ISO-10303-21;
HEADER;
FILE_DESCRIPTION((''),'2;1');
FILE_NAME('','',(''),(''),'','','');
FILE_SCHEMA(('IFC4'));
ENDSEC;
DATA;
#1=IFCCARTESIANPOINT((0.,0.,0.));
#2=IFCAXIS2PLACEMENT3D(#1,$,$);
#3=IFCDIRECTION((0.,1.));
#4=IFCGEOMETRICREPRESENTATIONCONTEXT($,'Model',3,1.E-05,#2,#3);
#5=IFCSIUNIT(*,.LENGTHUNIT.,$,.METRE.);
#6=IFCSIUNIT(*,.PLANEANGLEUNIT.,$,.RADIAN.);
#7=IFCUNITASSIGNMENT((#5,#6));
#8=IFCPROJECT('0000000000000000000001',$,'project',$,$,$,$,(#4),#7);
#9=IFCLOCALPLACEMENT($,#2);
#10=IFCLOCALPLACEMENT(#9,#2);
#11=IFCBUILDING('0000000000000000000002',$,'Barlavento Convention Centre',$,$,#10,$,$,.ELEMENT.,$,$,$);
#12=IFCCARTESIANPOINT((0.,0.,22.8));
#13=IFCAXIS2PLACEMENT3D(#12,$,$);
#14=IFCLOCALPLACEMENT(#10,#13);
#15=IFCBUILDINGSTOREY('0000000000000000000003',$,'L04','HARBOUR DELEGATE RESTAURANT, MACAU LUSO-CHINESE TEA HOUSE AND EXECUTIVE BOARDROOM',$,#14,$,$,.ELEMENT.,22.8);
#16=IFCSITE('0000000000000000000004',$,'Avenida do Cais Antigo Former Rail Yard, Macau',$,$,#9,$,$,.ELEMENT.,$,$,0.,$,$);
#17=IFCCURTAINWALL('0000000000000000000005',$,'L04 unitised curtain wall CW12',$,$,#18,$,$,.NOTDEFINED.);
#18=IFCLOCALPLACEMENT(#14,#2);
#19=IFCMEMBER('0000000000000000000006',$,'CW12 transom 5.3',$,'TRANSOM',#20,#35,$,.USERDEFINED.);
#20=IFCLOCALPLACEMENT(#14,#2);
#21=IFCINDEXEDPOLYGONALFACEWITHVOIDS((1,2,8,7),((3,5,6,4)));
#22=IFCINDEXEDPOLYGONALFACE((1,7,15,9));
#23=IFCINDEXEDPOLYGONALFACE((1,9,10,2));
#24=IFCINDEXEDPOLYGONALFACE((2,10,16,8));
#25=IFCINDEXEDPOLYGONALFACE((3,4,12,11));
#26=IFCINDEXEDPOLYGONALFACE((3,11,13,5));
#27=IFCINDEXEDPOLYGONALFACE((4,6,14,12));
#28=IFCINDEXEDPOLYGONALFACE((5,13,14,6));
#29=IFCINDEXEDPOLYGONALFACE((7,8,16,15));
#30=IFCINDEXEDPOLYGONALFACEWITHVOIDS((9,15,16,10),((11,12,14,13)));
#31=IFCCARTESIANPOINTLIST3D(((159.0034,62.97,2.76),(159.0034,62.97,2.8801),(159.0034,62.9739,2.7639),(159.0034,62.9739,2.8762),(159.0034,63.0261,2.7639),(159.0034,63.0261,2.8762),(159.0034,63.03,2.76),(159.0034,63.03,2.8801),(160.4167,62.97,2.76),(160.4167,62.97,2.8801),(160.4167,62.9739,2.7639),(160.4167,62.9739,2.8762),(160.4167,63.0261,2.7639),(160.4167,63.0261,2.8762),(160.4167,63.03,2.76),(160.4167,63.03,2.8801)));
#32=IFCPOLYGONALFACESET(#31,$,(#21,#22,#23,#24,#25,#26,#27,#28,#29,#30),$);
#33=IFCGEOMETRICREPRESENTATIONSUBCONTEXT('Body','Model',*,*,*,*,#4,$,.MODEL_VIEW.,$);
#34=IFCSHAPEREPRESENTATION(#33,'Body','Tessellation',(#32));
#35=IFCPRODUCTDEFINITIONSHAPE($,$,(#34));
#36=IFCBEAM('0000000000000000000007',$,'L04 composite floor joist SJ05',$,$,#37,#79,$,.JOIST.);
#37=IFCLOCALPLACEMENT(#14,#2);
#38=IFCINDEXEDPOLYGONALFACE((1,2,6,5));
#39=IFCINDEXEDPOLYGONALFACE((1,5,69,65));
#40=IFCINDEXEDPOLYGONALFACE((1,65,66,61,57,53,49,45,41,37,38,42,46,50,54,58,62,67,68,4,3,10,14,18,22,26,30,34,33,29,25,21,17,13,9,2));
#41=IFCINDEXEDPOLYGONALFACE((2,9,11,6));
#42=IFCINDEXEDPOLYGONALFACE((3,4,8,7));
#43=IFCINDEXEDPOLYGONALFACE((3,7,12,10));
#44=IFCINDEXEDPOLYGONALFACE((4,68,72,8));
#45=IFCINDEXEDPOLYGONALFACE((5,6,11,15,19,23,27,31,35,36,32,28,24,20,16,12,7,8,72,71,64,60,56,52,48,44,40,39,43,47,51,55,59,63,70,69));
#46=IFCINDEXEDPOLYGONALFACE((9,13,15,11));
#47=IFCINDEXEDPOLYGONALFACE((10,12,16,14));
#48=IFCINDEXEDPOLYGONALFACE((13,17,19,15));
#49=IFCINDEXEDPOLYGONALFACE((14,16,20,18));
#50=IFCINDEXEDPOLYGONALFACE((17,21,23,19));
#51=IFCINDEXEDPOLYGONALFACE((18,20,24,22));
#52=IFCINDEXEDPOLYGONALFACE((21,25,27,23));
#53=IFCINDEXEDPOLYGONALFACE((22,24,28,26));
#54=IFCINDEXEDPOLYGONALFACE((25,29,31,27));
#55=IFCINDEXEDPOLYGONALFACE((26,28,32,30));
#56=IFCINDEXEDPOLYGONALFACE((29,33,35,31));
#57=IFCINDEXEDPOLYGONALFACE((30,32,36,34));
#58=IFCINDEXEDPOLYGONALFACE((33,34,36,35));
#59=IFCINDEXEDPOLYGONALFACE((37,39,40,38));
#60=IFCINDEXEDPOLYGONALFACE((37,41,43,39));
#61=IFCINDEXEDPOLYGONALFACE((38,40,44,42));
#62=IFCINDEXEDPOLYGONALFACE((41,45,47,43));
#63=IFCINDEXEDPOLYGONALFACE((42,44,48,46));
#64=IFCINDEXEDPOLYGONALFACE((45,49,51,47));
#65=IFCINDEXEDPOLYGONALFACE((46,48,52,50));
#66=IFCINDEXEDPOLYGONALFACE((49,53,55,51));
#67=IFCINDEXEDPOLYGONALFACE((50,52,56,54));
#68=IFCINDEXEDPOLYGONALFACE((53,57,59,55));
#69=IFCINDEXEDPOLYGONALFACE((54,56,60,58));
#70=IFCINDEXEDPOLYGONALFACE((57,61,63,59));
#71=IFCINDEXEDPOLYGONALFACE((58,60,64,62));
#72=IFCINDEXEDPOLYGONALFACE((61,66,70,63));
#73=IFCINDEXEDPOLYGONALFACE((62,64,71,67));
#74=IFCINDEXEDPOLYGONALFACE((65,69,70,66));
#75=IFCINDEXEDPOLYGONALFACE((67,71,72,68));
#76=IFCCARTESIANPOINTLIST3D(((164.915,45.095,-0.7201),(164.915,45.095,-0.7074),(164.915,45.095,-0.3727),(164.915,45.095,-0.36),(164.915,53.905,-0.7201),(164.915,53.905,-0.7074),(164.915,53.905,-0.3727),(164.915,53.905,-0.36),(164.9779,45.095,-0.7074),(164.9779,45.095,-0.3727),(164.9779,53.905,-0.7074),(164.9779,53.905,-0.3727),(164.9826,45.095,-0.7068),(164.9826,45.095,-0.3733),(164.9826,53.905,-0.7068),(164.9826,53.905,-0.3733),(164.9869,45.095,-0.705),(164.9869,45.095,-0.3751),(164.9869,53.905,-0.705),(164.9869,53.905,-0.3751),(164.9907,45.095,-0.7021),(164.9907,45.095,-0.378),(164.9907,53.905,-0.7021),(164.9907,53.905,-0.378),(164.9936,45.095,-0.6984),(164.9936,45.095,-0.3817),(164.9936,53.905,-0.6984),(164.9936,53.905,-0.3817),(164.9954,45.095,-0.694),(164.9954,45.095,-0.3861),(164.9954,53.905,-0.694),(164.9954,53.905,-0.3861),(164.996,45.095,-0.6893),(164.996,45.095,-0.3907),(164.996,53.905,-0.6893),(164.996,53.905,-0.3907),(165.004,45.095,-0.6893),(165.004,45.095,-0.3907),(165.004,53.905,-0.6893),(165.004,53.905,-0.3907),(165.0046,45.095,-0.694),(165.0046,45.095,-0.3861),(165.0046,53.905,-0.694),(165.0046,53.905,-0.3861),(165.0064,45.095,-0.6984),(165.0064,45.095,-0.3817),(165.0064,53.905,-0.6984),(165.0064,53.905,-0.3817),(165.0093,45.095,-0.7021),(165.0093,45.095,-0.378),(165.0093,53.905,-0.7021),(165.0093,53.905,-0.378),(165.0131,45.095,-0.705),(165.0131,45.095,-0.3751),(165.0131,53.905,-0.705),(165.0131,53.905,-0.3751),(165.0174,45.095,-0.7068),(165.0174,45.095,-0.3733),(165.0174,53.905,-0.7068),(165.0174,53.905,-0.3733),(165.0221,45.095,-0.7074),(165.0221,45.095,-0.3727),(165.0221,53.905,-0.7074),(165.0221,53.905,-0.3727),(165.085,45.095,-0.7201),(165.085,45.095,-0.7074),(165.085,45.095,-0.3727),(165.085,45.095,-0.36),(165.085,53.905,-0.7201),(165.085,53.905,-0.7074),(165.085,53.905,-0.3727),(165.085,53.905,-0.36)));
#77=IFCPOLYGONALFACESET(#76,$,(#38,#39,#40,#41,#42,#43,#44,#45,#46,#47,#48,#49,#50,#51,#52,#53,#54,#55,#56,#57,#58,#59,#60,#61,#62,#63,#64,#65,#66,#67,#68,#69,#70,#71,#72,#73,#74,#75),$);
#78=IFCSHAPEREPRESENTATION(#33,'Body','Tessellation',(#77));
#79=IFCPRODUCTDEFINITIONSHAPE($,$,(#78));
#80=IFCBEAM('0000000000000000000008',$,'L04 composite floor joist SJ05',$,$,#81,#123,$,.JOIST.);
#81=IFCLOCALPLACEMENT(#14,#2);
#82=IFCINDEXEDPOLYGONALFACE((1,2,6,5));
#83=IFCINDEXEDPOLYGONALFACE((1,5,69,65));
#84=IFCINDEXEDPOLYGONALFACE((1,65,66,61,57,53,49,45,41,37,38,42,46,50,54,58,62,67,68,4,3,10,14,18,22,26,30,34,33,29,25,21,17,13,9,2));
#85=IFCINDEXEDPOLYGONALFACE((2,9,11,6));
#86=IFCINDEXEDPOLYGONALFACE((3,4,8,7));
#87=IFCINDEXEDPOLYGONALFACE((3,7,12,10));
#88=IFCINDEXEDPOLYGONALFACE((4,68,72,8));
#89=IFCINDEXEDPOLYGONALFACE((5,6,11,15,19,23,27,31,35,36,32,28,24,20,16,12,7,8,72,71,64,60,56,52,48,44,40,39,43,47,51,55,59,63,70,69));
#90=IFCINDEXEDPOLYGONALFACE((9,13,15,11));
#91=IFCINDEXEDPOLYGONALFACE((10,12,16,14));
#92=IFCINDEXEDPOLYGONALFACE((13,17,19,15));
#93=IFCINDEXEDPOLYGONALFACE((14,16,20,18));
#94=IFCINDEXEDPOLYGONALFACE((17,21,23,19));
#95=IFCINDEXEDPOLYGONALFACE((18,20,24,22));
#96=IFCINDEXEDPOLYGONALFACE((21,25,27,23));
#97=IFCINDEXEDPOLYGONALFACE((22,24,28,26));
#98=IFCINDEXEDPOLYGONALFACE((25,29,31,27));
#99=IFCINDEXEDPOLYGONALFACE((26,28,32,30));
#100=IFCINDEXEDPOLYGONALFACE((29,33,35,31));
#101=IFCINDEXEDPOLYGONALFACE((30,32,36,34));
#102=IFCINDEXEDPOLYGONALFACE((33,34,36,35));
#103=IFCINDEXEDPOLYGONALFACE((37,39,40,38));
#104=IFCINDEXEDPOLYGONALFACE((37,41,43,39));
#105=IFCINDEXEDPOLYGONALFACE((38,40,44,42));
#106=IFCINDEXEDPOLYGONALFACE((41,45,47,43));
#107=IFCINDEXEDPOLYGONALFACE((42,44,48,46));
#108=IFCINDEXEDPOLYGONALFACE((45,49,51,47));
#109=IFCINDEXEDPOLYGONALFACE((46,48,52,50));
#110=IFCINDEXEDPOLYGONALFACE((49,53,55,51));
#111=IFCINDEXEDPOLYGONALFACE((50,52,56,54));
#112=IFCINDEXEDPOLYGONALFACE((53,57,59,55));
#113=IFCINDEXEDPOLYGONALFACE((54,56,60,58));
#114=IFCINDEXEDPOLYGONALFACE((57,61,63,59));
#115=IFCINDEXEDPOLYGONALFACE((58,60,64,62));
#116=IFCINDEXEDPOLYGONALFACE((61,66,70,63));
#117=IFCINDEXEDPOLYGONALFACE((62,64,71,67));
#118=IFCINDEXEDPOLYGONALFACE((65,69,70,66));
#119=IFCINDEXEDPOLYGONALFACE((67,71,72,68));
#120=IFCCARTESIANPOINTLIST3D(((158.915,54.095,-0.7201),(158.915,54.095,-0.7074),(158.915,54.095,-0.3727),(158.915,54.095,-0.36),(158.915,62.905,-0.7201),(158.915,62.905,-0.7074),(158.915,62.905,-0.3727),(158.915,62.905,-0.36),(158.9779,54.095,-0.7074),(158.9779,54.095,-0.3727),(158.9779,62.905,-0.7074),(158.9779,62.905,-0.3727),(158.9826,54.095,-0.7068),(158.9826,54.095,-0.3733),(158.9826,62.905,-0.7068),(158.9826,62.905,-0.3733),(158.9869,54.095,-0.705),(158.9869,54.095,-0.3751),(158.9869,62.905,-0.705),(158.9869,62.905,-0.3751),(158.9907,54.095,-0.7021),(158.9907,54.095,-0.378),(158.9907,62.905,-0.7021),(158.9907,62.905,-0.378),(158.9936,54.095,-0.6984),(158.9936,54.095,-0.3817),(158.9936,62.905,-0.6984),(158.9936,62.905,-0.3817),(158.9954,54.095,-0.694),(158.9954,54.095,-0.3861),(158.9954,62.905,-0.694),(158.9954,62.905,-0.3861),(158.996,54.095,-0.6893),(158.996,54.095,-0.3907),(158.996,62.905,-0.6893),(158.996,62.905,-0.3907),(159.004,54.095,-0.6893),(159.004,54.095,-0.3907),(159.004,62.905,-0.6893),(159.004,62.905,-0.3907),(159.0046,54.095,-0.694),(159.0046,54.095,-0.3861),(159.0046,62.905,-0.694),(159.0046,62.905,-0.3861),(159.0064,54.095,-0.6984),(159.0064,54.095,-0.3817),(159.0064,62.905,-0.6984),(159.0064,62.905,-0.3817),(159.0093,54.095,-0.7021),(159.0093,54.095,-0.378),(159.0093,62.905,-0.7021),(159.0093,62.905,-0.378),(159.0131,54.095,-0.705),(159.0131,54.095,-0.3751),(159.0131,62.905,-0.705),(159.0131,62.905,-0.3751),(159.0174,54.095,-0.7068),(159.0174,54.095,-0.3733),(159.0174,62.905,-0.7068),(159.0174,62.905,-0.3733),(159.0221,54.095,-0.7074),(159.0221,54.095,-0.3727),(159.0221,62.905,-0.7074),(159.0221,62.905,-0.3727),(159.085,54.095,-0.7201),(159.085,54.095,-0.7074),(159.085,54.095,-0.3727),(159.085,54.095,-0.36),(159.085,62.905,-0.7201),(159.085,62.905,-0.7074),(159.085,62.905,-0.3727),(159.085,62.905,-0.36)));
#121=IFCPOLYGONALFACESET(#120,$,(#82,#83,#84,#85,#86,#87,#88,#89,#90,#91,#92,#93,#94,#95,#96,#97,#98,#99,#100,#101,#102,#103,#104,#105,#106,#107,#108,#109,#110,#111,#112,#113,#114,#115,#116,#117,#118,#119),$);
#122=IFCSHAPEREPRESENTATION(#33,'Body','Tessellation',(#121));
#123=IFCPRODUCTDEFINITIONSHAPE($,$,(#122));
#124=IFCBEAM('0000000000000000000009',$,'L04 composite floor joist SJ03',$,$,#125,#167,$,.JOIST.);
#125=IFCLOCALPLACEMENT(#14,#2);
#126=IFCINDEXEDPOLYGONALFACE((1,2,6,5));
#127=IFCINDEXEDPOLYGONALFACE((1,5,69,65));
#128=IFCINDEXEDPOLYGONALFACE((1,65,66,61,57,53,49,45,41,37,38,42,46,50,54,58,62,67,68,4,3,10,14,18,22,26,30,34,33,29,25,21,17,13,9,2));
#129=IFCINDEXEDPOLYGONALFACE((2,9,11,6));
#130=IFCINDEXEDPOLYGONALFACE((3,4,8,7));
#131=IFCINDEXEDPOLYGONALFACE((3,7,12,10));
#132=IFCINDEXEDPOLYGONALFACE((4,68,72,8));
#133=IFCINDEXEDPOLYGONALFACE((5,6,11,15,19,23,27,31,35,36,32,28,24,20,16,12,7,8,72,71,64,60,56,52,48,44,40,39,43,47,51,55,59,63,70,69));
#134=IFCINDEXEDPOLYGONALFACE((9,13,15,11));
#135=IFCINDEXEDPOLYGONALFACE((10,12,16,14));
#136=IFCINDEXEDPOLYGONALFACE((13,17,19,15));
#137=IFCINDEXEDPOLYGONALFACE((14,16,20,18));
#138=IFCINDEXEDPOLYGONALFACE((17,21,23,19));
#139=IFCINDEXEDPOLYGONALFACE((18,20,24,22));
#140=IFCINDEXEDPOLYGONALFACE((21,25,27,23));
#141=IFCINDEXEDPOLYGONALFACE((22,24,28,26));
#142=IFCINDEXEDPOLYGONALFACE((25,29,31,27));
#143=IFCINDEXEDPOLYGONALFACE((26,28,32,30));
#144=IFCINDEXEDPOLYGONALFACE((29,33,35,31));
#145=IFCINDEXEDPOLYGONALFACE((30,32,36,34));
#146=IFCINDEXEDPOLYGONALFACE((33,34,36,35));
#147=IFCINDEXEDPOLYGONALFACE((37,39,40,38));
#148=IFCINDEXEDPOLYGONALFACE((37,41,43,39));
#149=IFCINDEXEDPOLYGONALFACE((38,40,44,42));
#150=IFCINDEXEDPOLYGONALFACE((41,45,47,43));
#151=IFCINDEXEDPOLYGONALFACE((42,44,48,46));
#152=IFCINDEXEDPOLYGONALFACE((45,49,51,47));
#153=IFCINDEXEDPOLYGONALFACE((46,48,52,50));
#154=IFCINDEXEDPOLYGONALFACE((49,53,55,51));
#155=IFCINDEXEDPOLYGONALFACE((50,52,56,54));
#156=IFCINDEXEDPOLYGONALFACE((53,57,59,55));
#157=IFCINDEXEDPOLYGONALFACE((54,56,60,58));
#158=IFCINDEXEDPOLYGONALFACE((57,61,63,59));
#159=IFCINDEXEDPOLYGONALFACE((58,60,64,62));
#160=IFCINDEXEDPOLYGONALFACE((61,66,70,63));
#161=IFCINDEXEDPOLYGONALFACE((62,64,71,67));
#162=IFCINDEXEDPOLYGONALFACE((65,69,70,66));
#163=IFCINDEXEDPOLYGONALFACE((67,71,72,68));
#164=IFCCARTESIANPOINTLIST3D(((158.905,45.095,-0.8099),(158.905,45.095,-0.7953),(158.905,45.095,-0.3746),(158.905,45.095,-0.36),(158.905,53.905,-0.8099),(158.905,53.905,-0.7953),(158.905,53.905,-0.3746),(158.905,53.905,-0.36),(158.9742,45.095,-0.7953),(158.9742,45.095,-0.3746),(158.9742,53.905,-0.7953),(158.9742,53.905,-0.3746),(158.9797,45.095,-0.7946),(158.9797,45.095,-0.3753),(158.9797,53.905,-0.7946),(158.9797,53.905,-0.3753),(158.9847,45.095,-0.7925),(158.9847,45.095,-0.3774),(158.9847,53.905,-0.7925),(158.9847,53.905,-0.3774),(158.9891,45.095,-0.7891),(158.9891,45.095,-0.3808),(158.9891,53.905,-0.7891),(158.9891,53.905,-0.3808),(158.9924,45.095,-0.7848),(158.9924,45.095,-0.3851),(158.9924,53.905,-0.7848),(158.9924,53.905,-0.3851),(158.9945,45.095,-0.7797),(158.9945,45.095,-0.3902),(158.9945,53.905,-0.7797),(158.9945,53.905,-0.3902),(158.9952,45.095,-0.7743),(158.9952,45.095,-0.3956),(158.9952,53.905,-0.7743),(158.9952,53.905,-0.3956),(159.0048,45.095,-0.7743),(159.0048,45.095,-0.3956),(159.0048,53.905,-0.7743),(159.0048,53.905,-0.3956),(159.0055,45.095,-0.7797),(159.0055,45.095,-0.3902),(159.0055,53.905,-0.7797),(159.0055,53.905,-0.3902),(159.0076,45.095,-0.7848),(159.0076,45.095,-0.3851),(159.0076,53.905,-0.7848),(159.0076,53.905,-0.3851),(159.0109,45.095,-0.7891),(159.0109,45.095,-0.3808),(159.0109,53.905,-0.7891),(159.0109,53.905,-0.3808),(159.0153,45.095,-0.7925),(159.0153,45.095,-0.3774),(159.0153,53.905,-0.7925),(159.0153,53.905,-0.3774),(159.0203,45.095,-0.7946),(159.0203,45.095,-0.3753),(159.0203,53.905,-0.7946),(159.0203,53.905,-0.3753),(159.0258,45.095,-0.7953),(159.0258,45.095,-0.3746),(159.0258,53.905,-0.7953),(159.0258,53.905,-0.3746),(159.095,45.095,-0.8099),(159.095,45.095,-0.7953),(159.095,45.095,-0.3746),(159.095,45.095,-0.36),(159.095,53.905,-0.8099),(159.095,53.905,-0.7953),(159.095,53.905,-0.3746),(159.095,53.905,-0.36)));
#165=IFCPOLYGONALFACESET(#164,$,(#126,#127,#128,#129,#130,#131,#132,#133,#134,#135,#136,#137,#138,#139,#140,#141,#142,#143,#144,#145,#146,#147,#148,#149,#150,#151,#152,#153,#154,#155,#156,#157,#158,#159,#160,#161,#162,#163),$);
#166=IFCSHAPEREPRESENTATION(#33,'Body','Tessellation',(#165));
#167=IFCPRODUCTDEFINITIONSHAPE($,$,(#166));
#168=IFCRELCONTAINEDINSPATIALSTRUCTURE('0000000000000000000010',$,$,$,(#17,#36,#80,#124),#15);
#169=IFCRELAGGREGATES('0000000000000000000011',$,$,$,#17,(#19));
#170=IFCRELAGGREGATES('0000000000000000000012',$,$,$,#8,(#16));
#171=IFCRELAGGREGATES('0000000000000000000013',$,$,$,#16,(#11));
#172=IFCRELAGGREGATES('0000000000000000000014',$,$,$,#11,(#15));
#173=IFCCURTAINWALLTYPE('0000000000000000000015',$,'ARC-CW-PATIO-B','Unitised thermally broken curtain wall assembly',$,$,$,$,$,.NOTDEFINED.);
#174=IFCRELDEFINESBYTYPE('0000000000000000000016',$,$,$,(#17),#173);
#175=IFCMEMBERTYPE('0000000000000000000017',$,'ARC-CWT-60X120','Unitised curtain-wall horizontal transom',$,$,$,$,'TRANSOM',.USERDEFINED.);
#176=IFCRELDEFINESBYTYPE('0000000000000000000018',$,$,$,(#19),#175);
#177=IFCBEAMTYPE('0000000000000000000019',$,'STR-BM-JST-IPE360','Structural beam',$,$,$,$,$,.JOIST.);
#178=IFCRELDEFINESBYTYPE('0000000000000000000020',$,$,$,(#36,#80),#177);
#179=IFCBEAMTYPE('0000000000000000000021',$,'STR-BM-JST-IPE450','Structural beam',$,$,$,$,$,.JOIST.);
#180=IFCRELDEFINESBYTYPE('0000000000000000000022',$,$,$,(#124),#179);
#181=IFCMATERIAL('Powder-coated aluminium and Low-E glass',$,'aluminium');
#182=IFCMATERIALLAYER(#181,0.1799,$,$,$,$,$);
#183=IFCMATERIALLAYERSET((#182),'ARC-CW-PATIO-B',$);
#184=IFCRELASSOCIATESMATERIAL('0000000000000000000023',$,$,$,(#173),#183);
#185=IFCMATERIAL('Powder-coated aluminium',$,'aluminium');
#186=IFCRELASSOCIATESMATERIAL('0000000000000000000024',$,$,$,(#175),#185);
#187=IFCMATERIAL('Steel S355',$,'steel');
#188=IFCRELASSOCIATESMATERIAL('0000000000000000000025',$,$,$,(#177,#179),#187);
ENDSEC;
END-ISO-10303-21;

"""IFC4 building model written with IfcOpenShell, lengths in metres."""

from ifc_helpers import new_model, si_unit, direction, frame, origin, origin_2d, place, context, subcontext, project, spatial, hollow_rectangle, i_section, extrude, material, layer, layer_set, material_profile, profile_set, type_object, element, aggregate, save


model = new_model("IFC4")

# Units and contexts
model_context = context("Model", 3, precision=1e-05, world=origin(), true_north=direction((0.0, 1.0)))
body_context = subcontext(model_context, "Body", "Model", "MODEL_VIEW")
ifc_project = project(units=[si_unit("LENGTHUNIT", "METRE"), si_unit("PLANEANGLEUNIT", "RADIAN")], contexts=[model_context])

# Site, building, storey
site_placement = place(None, origin())
site = spatial("IfcSite", under=ifc_project, at=site_placement, Name="Avenida do Cais Antigo Former Rail Yard, Macau", CompositionType="ELEMENT", RefElevation=0.0)
building_placement = place(site_placement, origin())
building = spatial("IfcBuilding", under=site, at=building_placement, Name="Barlavento Convention Centre", CompositionType="ELEMENT")
storey_placement = place(building_placement, frame((0.0, 0.0, 22.8)))
storey = spatial("IfcBuildingStorey", under=building, at=storey_placement, Name="L04", Description="HARBOUR DELEGATE RESTAURANT, MACAU LUSO-CHINESE TEA HOUSE AND EXECUTIVE BOARDROOM", CompositionType="ELEMENT", Elevation=22.8)

# Shared definitions
ifc_material_1 = material(Name="Steel S355", Category="steel")

# Curtain wall, member
ifc_material_2 = material(Name="Powder-coated aluminium and Low-E glass", Category="aluminium")
ifc_layer_1 = layer(ifc_material_2, 0.1799)
ifc_layer_set_1 = layer_set([ifc_layer_1], Name="ARC-CW-PATIO-B")
curtain_wall_type = type_object("IfcCurtainWallType", Name="ARC-CW-PATIO-B", Description="Unitised thermally broken curtain wall assembly", PredefinedType="NOTDEFINED", material=ifc_layer_set_1)
curtain_wall_placement = place(storey_placement, origin())
curtain_wall = element("IfcCurtainWall", 1, at=curtain_wall_placement, inside=storey, type_object=curtain_wall_type, Name="L04 unitised curtain wall CW12", PredefinedType="NOTDEFINED")
ifc_material_3 = material(Name="Powder-coated aluminium", Category="aluminium")
ifc_material_profile_1 = material_profile(ifc_material_3, hollow_rectangle(XDim=0.0601, YDim=0.1201, WallThickness=0.0039, at=origin_2d()), Name="AL-TRAN 60x120x4")
ifc_profile_set_1 = profile_set([ifc_material_profile_1], Name="Powder-coated aluminium")
member_type_1 = type_object("IfcMemberType", Name="ARC-CWT-60X120", Description="Unitised curtain-wall horizontal transom", ElementType="TRANSOM", PredefinedType="USERDEFINED", material=ifc_profile_set_1)
member_1_placement = place(storey_placement, frame((159.0034, 63.0, 2.8201), z_axis=(1.0, 0.0, 0.0), x_axis=(0.0, 1.0, 0.0)))
member_1 = element("IfcMember", 2, at=member_1_placement, type_object=member_type_1, Name="CW12 transom 5.3", ObjectType="TRANSOM", PredefinedType="USERDEFINED", context=body_context, shape_type="SweptSolid", body=[
    extrude(hollow_rectangle(XDim=0.0601, YDim=0.1201, WallThickness=0.0039, at=origin_2d()), origin(), (0.0, 0.0, 1.0), 1.4133),
])

# Beams
ifc_material_profile_2 = material_profile(ifc_material_1, i_section(OverallWidth=0.1699, OverallDepth=0.3601, WebThickness=0.0081, FlangeThickness=0.0127, FilletRadius=0.0181, at=origin_2d()), Name="IPE 360")
ifc_profile_set_2 = profile_set([ifc_material_profile_2], Name="Steel S355")
beam_type_1 = type_object("IfcBeamType", Name="STR-BM-JST-IPE360", Description="Structural beam", PredefinedType="JOIST", material=ifc_profile_set_2)
for number, where, z_axis, x_axis, name in (
    (3, (165.0, 45.095, -0.54), (0.0, 1.0, 0.0), (-1.0, 0.0, 0.0), "L04 composite floor joist SJ05"),
    (4, (159.0, 54.095, -0.54), (0.0, 1.0, 0.0), (-1.0, 0.0, 0.0), "L04 composite floor joist SJ05"),
):
    element("IfcBeam", number, at=place(storey_placement, frame(where, z_axis=z_axis, x_axis=x_axis)), inside=storey, type_object=beam_type_1, Name=name, PredefinedType="JOIST", context=body_context, shape_type="SweptSolid", body=[
        extrude(i_section(OverallWidth=0.1699, OverallDepth=0.3601, WebThickness=0.0081, FlangeThickness=0.0127, FilletRadius=0.0181, at=origin_2d()), origin(), (0.0, 0.0, 1.0), 8.8101),
    ])
ifc_material_profile_3 = material_profile(ifc_material_1, i_section(OverallWidth=0.1899, OverallDepth=0.45, WebThickness=0.0095, FlangeThickness=0.0146, FilletRadius=0.021, at=origin_2d()), Name="IPE 450")
ifc_profile_set_3 = profile_set([ifc_material_profile_3], Name="Steel S355")
beam_type_2 = type_object("IfcBeamType", Name="STR-BM-JST-IPE450", Description="Structural beam", PredefinedType="JOIST", material=ifc_profile_set_3)
beam_1_placement = place(storey_placement, frame((159.0, 45.095, -0.585), z_axis=(0.0, 1.0, 0.0), x_axis=(-1.0, 0.0, 0.0)))
element("IfcBeam", 5, at=beam_1_placement, inside=storey, type_object=beam_type_2, Name="L04 composite floor joist SJ03", PredefinedType="JOIST", context=body_context, shape_type="SweptSolid", body=[
    extrude(i_section(OverallWidth=0.1899, OverallDepth=0.45, WebThickness=0.0095, FlangeThickness=0.0146, FilletRadius=0.021, at=origin_2d()), origin(), (0.0, 0.0, 1.0), 8.8101),
])

aggregate(curtain_wall, [member_1])

save(model, "model.ifc")
